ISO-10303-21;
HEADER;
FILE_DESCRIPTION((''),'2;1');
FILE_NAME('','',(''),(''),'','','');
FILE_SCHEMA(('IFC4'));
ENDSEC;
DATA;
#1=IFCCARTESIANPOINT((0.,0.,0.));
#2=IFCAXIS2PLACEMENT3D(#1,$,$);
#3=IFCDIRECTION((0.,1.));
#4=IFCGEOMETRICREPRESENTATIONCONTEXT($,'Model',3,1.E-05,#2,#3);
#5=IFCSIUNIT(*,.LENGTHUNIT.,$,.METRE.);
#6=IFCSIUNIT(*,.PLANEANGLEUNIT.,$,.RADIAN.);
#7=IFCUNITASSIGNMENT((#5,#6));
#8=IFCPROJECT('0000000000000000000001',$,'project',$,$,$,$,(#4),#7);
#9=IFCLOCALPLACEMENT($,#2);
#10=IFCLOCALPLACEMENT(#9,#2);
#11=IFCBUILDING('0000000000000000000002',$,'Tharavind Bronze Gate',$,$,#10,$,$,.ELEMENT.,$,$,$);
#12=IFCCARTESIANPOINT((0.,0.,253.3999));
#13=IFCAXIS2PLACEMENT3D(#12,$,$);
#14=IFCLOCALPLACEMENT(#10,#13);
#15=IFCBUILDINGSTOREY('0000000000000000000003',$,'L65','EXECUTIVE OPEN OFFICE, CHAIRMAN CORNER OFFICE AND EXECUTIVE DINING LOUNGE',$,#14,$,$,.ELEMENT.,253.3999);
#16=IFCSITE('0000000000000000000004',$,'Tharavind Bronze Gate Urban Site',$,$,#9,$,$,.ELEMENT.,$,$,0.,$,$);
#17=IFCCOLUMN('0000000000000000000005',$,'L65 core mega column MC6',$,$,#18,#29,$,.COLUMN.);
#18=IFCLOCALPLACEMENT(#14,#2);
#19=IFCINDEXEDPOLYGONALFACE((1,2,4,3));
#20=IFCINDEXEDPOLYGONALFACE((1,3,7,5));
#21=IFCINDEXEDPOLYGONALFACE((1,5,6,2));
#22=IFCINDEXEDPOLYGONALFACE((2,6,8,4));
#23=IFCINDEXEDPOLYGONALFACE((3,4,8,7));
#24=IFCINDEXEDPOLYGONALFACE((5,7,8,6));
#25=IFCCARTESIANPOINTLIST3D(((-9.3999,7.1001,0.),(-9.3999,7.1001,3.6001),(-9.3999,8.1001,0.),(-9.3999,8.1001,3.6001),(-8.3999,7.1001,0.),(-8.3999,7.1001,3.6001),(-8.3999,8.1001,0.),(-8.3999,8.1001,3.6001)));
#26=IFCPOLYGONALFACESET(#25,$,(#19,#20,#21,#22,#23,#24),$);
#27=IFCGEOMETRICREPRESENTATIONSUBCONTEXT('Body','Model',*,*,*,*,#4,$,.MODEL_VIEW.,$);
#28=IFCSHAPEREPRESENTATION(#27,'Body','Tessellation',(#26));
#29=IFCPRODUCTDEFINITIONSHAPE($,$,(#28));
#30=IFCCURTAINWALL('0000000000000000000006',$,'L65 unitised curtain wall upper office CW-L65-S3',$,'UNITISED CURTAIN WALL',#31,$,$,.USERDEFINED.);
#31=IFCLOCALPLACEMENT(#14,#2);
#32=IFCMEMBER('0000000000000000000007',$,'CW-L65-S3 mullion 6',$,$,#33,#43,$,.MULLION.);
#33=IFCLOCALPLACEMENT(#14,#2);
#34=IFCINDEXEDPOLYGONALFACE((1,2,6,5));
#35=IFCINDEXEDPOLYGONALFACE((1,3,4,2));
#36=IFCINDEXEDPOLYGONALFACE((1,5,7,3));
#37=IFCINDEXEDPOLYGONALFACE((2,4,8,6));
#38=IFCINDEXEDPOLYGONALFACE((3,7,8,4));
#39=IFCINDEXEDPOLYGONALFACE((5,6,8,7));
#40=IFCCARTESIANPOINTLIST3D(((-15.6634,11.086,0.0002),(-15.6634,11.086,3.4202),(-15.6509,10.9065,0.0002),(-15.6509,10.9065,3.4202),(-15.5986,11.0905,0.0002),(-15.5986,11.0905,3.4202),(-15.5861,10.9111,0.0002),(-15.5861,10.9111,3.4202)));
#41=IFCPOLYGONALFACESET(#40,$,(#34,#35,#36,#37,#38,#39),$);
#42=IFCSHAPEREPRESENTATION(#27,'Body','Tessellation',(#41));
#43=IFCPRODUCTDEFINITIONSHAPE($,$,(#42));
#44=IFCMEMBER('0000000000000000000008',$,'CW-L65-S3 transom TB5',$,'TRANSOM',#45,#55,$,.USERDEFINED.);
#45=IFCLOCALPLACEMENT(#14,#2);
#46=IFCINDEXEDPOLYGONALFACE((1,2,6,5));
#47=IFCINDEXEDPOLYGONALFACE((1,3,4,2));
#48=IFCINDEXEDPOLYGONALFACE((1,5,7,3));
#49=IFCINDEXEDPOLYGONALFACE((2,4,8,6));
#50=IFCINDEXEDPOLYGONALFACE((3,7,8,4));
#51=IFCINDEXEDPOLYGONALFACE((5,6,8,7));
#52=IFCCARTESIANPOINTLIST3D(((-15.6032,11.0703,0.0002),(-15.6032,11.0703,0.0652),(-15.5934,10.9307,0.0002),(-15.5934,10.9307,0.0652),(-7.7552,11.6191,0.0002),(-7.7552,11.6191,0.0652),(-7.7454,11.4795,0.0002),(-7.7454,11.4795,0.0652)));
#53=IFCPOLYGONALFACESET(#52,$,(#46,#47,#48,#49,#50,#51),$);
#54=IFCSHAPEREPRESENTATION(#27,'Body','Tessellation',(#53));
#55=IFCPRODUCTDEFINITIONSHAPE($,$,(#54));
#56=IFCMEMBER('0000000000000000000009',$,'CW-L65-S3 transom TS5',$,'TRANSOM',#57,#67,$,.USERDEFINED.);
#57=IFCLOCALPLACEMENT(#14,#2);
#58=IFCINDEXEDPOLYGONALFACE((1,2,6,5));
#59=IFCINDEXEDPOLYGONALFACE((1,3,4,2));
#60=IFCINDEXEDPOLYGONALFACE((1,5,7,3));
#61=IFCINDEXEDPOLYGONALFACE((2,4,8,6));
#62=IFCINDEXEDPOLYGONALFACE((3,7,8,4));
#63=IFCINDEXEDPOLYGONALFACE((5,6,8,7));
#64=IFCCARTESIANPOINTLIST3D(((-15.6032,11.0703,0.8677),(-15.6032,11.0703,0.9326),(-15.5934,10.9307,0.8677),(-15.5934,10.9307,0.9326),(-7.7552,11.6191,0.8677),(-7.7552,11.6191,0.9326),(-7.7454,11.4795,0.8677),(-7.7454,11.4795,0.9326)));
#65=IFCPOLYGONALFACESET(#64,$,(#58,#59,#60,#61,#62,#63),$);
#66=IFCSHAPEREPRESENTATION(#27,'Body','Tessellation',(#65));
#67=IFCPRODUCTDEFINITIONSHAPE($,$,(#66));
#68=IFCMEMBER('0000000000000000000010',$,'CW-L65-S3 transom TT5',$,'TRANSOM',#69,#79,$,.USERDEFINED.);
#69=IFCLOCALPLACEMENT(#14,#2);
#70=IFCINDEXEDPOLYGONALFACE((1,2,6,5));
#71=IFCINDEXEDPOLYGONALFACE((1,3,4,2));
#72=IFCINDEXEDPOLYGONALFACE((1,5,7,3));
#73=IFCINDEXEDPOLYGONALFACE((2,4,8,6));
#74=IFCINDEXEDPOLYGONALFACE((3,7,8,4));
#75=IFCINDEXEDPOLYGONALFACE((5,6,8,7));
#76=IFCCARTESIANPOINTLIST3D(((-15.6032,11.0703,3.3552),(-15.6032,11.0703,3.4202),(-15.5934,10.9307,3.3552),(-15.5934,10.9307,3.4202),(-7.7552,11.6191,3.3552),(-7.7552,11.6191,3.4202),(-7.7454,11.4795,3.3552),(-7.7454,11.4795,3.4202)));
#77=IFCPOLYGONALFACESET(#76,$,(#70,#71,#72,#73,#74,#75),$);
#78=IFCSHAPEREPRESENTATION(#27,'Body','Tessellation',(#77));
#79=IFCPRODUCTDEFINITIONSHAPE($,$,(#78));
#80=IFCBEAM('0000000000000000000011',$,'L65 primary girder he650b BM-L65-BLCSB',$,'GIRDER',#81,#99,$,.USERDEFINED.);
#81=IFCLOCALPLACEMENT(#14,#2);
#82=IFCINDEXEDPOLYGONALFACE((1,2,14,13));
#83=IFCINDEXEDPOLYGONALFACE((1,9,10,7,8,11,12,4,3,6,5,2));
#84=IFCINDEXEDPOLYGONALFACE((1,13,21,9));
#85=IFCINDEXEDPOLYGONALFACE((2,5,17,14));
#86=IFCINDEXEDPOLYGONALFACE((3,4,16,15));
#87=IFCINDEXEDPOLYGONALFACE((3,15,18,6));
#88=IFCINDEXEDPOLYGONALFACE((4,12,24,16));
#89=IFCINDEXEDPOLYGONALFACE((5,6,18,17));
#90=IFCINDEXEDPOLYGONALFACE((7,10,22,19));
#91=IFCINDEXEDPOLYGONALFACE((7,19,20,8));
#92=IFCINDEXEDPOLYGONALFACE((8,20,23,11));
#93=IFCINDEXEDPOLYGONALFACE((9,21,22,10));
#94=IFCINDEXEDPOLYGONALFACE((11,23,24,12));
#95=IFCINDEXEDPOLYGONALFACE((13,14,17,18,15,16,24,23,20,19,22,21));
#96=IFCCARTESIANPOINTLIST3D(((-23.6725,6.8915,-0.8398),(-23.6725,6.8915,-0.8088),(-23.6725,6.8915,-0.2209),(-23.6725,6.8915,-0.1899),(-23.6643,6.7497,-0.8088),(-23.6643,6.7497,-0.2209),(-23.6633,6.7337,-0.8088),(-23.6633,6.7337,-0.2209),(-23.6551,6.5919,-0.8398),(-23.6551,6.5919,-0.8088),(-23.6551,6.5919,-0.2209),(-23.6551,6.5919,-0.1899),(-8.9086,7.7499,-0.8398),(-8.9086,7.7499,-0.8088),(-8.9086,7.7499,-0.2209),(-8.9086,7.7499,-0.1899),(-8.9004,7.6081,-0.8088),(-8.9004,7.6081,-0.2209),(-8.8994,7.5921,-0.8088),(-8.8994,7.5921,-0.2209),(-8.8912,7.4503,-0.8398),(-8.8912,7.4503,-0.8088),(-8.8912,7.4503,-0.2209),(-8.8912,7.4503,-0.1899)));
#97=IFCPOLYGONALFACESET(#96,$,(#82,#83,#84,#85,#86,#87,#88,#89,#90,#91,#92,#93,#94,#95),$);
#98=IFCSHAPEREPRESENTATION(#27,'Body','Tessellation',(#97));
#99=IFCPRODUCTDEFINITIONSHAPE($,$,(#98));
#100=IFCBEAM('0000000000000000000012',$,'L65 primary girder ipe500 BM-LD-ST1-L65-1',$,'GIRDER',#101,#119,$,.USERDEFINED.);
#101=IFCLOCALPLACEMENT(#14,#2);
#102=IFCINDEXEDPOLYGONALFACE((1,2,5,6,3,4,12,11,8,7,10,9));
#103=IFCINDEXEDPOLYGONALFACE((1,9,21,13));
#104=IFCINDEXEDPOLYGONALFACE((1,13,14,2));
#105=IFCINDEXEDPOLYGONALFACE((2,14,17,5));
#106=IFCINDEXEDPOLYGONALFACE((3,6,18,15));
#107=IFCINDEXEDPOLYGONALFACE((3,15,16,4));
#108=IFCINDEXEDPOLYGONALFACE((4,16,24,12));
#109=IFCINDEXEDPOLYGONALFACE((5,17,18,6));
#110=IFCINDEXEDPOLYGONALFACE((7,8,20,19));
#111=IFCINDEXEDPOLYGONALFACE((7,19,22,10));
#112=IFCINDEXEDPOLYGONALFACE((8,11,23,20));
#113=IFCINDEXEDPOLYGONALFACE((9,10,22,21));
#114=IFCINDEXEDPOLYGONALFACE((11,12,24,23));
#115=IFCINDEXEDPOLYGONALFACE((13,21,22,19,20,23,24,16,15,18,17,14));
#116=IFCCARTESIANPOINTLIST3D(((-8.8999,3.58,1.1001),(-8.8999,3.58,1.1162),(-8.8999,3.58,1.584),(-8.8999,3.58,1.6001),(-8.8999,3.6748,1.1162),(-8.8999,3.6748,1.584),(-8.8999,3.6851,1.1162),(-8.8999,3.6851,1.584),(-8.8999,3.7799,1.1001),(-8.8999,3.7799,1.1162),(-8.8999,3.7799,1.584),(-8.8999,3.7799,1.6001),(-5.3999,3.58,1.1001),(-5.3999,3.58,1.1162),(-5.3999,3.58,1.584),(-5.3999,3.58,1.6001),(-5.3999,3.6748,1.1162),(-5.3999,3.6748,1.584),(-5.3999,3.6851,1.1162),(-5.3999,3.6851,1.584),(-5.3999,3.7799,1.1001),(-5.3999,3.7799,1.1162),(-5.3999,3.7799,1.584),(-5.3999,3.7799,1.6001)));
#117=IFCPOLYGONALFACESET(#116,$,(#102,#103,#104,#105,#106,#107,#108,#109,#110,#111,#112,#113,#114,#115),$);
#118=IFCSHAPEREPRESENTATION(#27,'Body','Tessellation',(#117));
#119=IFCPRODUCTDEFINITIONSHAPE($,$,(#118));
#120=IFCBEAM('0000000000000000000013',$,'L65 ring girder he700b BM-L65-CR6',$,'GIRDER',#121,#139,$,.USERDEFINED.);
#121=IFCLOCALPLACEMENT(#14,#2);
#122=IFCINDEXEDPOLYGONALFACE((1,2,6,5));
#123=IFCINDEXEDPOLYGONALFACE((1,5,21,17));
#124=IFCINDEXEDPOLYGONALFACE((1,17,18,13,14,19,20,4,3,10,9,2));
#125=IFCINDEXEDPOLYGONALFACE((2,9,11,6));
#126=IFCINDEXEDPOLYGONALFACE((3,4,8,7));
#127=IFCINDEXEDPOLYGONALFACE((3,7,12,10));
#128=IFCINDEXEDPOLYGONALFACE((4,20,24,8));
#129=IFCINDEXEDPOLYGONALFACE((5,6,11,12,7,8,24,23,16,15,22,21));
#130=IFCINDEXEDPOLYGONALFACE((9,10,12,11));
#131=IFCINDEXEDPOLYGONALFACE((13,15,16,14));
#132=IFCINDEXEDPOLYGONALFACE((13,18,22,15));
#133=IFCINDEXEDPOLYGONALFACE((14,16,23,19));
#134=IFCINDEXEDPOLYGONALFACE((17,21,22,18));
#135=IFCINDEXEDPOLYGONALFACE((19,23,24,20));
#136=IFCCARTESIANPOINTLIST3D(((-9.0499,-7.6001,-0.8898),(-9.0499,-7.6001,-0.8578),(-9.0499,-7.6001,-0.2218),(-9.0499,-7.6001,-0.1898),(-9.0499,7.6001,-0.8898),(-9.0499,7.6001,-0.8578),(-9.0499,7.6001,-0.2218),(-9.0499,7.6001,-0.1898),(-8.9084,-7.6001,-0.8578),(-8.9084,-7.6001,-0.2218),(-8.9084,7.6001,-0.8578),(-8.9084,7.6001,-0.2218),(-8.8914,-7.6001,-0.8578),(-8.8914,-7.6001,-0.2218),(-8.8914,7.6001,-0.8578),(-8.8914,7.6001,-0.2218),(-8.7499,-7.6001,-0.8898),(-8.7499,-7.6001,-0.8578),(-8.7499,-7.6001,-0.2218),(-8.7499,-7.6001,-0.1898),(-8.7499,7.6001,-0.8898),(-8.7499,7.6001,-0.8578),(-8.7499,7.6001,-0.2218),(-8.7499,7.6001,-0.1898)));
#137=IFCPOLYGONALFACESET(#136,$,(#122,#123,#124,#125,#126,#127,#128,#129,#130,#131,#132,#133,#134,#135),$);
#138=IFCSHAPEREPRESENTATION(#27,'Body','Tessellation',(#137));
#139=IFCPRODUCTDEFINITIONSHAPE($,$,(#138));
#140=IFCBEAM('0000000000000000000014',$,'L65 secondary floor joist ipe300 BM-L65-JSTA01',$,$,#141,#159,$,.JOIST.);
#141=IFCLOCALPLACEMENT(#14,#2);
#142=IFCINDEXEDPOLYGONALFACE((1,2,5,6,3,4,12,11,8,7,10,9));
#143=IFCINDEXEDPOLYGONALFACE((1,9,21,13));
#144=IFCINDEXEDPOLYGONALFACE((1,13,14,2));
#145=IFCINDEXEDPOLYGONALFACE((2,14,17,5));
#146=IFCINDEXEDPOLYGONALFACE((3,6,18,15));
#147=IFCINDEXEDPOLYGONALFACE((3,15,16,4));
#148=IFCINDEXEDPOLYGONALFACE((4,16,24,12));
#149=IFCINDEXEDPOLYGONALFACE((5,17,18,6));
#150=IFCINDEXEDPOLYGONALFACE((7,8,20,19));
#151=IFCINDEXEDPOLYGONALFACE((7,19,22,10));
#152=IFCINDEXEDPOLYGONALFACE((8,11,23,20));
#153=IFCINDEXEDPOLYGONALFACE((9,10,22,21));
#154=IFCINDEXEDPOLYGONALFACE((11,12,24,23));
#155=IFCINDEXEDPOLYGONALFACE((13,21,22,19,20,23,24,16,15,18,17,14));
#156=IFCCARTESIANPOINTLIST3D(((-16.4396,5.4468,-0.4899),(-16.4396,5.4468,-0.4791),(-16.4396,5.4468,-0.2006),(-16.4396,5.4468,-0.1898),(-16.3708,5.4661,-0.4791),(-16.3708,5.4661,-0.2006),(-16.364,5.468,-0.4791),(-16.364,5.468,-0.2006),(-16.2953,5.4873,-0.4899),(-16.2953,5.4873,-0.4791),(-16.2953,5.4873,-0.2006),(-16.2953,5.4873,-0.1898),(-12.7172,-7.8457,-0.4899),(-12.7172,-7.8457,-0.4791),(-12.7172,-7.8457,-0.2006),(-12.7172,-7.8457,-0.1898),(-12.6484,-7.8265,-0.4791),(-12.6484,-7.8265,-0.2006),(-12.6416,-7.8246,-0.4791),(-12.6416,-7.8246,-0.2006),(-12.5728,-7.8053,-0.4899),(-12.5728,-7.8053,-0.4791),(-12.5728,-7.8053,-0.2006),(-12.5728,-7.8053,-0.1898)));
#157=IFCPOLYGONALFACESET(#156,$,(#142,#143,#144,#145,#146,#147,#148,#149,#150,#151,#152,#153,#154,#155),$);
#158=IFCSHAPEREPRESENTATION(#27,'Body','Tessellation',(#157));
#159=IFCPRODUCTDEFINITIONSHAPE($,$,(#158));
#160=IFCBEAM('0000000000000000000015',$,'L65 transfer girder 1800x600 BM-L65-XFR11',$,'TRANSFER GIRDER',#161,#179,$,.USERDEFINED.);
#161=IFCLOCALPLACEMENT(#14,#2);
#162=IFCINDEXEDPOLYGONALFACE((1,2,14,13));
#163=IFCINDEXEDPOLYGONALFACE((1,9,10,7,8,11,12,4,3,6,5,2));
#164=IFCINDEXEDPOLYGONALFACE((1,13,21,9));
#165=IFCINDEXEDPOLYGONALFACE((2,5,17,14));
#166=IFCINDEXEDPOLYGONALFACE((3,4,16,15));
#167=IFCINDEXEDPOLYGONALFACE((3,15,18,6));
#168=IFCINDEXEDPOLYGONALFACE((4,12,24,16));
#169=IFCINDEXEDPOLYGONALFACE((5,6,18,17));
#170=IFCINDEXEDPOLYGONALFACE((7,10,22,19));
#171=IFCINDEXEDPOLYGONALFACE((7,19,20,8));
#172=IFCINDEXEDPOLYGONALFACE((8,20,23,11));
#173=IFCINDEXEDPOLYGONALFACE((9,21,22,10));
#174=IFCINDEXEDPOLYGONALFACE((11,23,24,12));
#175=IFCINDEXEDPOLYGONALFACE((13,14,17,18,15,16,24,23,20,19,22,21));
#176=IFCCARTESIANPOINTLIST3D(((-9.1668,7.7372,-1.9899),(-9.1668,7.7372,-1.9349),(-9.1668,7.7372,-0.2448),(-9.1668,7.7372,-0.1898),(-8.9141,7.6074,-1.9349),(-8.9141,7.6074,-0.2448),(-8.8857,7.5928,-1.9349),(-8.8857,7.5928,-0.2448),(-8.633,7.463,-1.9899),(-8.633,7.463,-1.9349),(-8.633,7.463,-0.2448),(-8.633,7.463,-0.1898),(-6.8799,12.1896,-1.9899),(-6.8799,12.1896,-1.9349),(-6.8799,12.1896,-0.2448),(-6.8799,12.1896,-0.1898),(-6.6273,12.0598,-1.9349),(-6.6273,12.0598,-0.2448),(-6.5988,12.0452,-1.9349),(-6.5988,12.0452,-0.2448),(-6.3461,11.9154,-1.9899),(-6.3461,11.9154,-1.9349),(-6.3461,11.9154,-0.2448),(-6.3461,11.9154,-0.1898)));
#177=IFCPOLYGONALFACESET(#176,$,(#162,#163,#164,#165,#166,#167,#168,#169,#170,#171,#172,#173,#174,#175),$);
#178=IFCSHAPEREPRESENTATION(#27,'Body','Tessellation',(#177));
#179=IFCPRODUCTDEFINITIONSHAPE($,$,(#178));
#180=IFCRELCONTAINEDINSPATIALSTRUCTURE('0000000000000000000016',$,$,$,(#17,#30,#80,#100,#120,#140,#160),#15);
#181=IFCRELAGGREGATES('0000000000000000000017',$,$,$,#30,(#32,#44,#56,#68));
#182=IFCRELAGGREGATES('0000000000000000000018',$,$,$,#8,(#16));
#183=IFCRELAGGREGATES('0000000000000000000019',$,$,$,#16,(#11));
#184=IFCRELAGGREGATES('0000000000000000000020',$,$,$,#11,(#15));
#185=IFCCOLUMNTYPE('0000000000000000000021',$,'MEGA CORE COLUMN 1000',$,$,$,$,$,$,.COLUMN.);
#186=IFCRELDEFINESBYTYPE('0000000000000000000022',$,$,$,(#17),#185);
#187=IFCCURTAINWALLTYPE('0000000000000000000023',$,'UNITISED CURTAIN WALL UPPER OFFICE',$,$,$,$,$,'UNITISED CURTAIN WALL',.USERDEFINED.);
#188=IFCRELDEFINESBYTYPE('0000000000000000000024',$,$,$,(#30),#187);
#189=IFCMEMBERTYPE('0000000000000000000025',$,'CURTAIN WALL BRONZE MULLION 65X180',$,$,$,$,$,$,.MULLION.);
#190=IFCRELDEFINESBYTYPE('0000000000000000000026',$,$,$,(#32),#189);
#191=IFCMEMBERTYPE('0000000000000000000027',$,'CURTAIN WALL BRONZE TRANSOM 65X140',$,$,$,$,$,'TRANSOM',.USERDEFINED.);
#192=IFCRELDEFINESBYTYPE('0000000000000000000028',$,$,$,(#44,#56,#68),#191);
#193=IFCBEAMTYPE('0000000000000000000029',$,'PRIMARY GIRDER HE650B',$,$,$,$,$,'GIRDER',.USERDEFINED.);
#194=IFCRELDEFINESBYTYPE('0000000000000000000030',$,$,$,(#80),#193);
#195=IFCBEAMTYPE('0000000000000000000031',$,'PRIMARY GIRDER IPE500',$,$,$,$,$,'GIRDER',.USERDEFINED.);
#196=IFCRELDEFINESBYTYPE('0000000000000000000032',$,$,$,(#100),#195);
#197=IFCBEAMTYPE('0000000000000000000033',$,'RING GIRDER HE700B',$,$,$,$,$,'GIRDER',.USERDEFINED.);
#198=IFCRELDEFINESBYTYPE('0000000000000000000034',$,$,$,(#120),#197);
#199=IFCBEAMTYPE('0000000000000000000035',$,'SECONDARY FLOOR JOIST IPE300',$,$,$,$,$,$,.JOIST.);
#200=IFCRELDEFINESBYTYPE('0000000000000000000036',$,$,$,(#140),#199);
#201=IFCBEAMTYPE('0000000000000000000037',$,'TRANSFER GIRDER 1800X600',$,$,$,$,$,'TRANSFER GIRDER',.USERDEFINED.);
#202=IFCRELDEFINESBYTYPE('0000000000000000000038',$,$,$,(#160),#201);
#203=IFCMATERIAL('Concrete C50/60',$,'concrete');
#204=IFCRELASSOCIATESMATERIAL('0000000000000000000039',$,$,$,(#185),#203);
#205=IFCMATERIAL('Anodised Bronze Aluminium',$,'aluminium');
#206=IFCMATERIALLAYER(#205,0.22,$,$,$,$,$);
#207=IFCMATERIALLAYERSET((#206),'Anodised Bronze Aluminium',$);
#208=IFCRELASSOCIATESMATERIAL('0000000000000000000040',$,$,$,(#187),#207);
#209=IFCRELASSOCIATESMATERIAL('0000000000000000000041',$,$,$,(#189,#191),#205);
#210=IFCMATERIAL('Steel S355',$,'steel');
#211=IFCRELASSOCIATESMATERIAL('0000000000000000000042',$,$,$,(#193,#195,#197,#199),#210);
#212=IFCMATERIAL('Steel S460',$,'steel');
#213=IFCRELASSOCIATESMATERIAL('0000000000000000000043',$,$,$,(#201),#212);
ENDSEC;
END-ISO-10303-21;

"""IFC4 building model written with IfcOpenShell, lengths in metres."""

from ifc_helpers import new_model, si_unit, direction, frame, origin, origin_2d, place, context, subcontext, project, spatial, rectangle, i_section, extrude, material, layer, layer_set, material_profile, profile_set, type_object, element, aggregate, save


model = new_model("IFC4")

# Units and contexts
model_context = context("Model", 3, precision=1e-05, world=origin(), true_north=direction((0.0, 1.0)))
body_context = subcontext(model_context, "Body", "Model", "MODEL_VIEW")
ifc_project = project(units=[si_unit("LENGTHUNIT", "METRE"), si_unit("PLANEANGLEUNIT", "RADIAN")], contexts=[model_context])

# Site, building, storey
site_placement = place(None, origin())
site = spatial("IfcSite", under=ifc_project, at=site_placement, Name="Tharavind Bronze Gate Urban Site", CompositionType="ELEMENT", RefElevation=0.0)
building_placement = place(site_placement, origin())
building = spatial("IfcBuilding", under=site, at=building_placement, Name="Tharavind Bronze Gate", CompositionType="ELEMENT")
storey_placement = place(building_placement, frame((0.0, 0.0, 253.3999)))
storey = spatial("IfcBuildingStorey", under=building, at=storey_placement, Name="L65", Description="EXECUTIVE OPEN OFFICE, CHAIRMAN CORNER OFFICE AND EXECUTIVE DINING LOUNGE", CompositionType="ELEMENT", Elevation=253.3999)

# Column
ifc_material_1 = material(Name="Concrete C50/60", Category="concrete")
ifc_material_profile_1 = material_profile(ifc_material_1, rectangle(XDim=1.0, YDim=1.0, at=origin_2d()), Name="RCCOL1000")
ifc_profile_set_1 = profile_set([ifc_material_profile_1], Name="Concrete C50/60")
column_type = type_object("IfcColumnType", Name="MEGA CORE COLUMN 1000", PredefinedType="COLUMN", material=ifc_profile_set_1)
column_placement = place(storey_placement, frame((-8.8999, 7.6001, 0.0), z_axis=(0.0, 0.0, 1.0), x_axis=(1.0, 0.0, 0.0)))
element("IfcColumn", 1, at=column_placement, inside=storey, type_object=column_type, Name="L65 core mega column MC6", PredefinedType="COLUMN", context=body_context, shape_type="SweptSolid", body=[
    extrude(rectangle(XDim=1.0, YDim=1.0, at=origin_2d()), origin(), (0.0, 0.0, 1.0), 3.6001),
])

# Curtain wall, members
ifc_material_2 = material(Name="Anodised Bronze Aluminium", Category="aluminium")
ifc_layer_1 = layer(ifc_material_2, 0.22)
ifc_layer_set_1 = layer_set([ifc_layer_1], Name="Anodised Bronze Aluminium")
curtain_wall_type = type_object("IfcCurtainWallType", Name="UNITISED CURTAIN WALL UPPER OFFICE", ElementType="UNITISED CURTAIN WALL", PredefinedType="USERDEFINED", material=ifc_layer_set_1)
curtain_wall_placement = place(storey_placement, origin())
curtain_wall = element("IfcCurtainWall", 2, at=curtain_wall_placement, inside=storey, type_object=curtain_wall_type, Name="L65 unitised curtain wall upper office CW-L65-S3", ObjectType="UNITISED CURTAIN WALL", PredefinedType="USERDEFINED")
member_type_1 = type_object("IfcMemberType", Name="CURTAIN WALL BRONZE MULLION 65X180", PredefinedType="MULLION", material=ifc_material_2)
member_1_placement = place(storey_placement, frame((-15.6248, 10.9985, 0.0002), z_axis=(0.0, 0.0, 1.0), x_axis=(-0.997564, -0.06976, 0.0)))
member_1 = element("IfcMember", 3, at=member_1_placement, type_object=member_type_1, Name="CW-L65-S3 mullion 6", PredefinedType="MULLION", context=body_context, shape_type="SweptSolid", body=[
    extrude(rectangle(XDim=0.0649, YDim=0.1799, at=origin_2d()), origin(), (0.0, 0.0, 1.0), 3.4199),
])
member_type_2 = type_object("IfcMemberType", Name="CURTAIN WALL BRONZE TRANSOM 65X140", ElementType="TRANSOM", PredefinedType="USERDEFINED", material=ifc_material_2)
member_2_placement = place(storey_placement, frame((-11.6743, 11.2749, 0.0002), z_axis=(0.0, 0.0, 1.0), x_axis=(-0.997564, -0.06976, 0.0)))
member_2 = element("IfcMember", 4, at=member_2_placement, type_object=member_type_2, Name="CW-L65-S3 transom TB5", ObjectType="TRANSOM", PredefinedType="USERDEFINED", context=body_context, shape_type="SweptSolid", body=[
    extrude(rectangle(XDim=7.8672, YDim=0.1399, at=origin_2d()), origin(), (0.0, 0.0, 1.0), 0.0649),
])
member_3_placement = place(storey_placement, frame((-11.6743, 11.2749, 0.8677), z_axis=(0.0, 0.0, 1.0), x_axis=(-0.997564, -0.06976, 0.0)))
member_3 = element("IfcMember", 5, at=member_3_placement, type_object=member_type_2, Name="CW-L65-S3 transom TS5", ObjectType="TRANSOM", PredefinedType="USERDEFINED", context=body_context, shape_type="SweptSolid", body=[
    extrude(rectangle(XDim=7.8672, YDim=0.1399, at=origin_2d()), origin(), (0.0, 0.0, 1.0), 0.0649),
])
member_4_placement = place(storey_placement, frame((-11.6743, 11.2749, 3.3552), z_axis=(0.0, 0.0, 1.0), x_axis=(-0.997564, -0.06976, 0.0)))
member_4 = element("IfcMember", 6, at=member_4_placement, type_object=member_type_2, Name="CW-L65-S3 transom TT5", ObjectType="TRANSOM", PredefinedType="USERDEFINED", context=body_context, shape_type="SweptSolid", body=[
    extrude(rectangle(XDim=7.8672, YDim=0.1399, at=origin_2d()), origin(), (0.0, 0.0, 1.0), 0.0649),
])

# Beams
ifc_material_3 = material(Name="Steel S355", Category="steel")
ifc_material_profile_2 = material_profile(ifc_material_3, i_section(OverallWidth=0.3, OverallDepth=0.6499, WebThickness=0.0161, FlangeThickness=0.031, at=origin_2d()), Name="HE650B")
ifc_profile_set_2 = profile_set([ifc_material_profile_2], Name="Steel S355")
beam_type_1 = type_object("IfcBeamType", Name="PRIMARY GIRDER HE650B", ElementType="GIRDER", PredefinedType="USERDEFINED", material=ifc_profile_set_2)
beam_1_placement = place(storey_placement, frame((-8.8999, 7.6001, -0.5149), z_axis=(-0.998314, -0.058044, 0.0), x_axis=(0.058044, -0.998314, 0.0)))
element("IfcBeam", 7, at=beam_1_placement, inside=storey, type_object=beam_type_1, Name="L65 primary girder he650b BM-L65-BLCSB", ObjectType="GIRDER", PredefinedType="USERDEFINED", context=body_context, shape_type="SweptSolid", body=[
    extrude(i_section(OverallWidth=0.3, OverallDepth=0.6499, WebThickness=0.0161, FlangeThickness=0.031, at=origin_2d()), origin(), (0.0, 0.0, 1.0), 14.7888),
])
ifc_material_profile_3 = material_profile(ifc_material_3, i_section(OverallWidth=0.2, OverallDepth=0.5, WebThickness=0.0103, FlangeThickness=0.0161, at=origin_2d()), Name="IPE500")
ifc_profile_set_3 = profile_set([ifc_material_profile_3], Name="Steel S355")
beam_type_2 = type_object("IfcBeamType", Name="PRIMARY GIRDER IPE500", ElementType="GIRDER", PredefinedType="USERDEFINED", material=ifc_profile_set_3)
beam_2_placement = place(storey_placement, frame((-8.8999, 3.6799, 1.3501), z_axis=(1.0, 0.0, 0.0), x_axis=(0.0, 1.0, 0.0)))
element("IfcBeam", 8, at=beam_2_placement, inside=storey, type_object=beam_type_2, Name="L65 primary girder ipe500 BM-LD-ST1-L65-1", ObjectType="GIRDER", PredefinedType="USERDEFINED", context=body_context, shape_type="SweptSolid", body=[
    extrude(i_section(OverallWidth=0.2, OverallDepth=0.5, WebThickness=0.0103, FlangeThickness=0.0161, at=origin_2d()), origin(), (0.0, 0.0, 1.0), 3.5),
])
ifc_material_profile_4 = material_profile(ifc_material_3, i_section(OverallWidth=0.3, OverallDepth=0.7, WebThickness=0.0171, FlangeThickness=0.032, at=origin_2d()), Name="HE700B")
ifc_profile_set_4 = profile_set([ifc_material_profile_4], Name="Steel S355")
beam_type_3 = type_object("IfcBeamType", Name="RING GIRDER HE700B", ElementType="GIRDER", PredefinedType="USERDEFINED", material=ifc_profile_set_4)
beam_3_placement = place(storey_placement, frame((-8.8999, 7.6001, -0.5398), z_axis=(0.0, -1.0, 0.0), x_axis=(1.0, 0.0, 0.0)))
element("IfcBeam", 9, at=beam_3_placement, inside=storey, type_object=beam_type_3, Name="L65 ring girder he700b BM-L65-CR6", ObjectType="GIRDER", PredefinedType="USERDEFINED", context=body_context, shape_type="SweptSolid", body=[
    extrude(i_section(OverallWidth=0.3, OverallDepth=0.7, WebThickness=0.0171, FlangeThickness=0.032, at=origin_2d()), origin(), (0.0, 0.0, 1.0), 15.2002),
])
ifc_material_profile_5 = material_profile(ifc_material_3, i_section(OverallWidth=0.1499, OverallDepth=0.3, WebThickness=0.0071, FlangeThickness=0.0107, at=origin_2d()), Name="IPE300")
ifc_profile_set_5 = profile_set([ifc_material_profile_5], Name="Steel S355")
beam_type_4 = type_object("IfcBeamType", Name="SECONDARY FLOOR JOIST IPE300", PredefinedType="JOIST", material=ifc_profile_set_5)
beam_4_placement = place(storey_placement, frame((-16.3674, 5.467, -0.3398), z_axis=(0.269665, -0.962954, 0.0), x_axis=(0.962954, 0.269665, 0.0)))
element("IfcBeam", 10, at=beam_4_placement, inside=storey, type_object=beam_type_4, Name="L65 secondary floor joist ipe300 BM-L65-JSTA01", PredefinedType="JOIST", context=body_context, shape_type="SweptSolid", body=[
    extrude(i_section(OverallWidth=0.1499, OverallDepth=0.3, WebThickness=0.0071, FlangeThickness=0.0107, at=origin_2d()), origin(), (0.0, 0.0, 1.0), 13.804),
])
ifc_material_4 = material(Name="Steel S460", Category="steel")
ifc_material_profile_6 = material_profile(ifc_material_4, i_section(OverallWidth=0.6001, OverallDepth=1.8, WebThickness=0.032, FlangeThickness=0.0549, at=origin_2d()), Name="PG1800X600")
ifc_profile_set_6 = profile_set([ifc_material_profile_6], Name="Steel S460")
beam_type_5 = type_object("IfcBeamType", Name="TRANSFER GIRDER 1800X600", ElementType="TRANSFER GIRDER", PredefinedType="USERDEFINED", material=ifc_profile_set_6)
beam_5_placement = place(storey_placement, frame((-8.8999, 7.6001, -1.0898), z_axis=(0.456884, 0.889526, 0.0), x_axis=(-0.889526, 0.456884, 0.0)))
element("IfcBeam", 11, at=beam_5_placement, inside=storey, type_object=beam_type_5, Name="L65 transfer girder 1800x600 BM-L65-XFR11", ObjectType="TRANSFER GIRDER", PredefinedType="USERDEFINED", context=body_context, shape_type="SweptSolid", body=[
    extrude(i_section(OverallWidth=0.6001, OverallDepth=1.8, WebThickness=0.032, FlangeThickness=0.0549, at=origin_2d()), origin(), (0.0, 0.0, 1.0), 5.0054),
])

aggregate(curtain_wall, [member_1, member_2, member_3, member_4])

save(model, "model.ifc")
